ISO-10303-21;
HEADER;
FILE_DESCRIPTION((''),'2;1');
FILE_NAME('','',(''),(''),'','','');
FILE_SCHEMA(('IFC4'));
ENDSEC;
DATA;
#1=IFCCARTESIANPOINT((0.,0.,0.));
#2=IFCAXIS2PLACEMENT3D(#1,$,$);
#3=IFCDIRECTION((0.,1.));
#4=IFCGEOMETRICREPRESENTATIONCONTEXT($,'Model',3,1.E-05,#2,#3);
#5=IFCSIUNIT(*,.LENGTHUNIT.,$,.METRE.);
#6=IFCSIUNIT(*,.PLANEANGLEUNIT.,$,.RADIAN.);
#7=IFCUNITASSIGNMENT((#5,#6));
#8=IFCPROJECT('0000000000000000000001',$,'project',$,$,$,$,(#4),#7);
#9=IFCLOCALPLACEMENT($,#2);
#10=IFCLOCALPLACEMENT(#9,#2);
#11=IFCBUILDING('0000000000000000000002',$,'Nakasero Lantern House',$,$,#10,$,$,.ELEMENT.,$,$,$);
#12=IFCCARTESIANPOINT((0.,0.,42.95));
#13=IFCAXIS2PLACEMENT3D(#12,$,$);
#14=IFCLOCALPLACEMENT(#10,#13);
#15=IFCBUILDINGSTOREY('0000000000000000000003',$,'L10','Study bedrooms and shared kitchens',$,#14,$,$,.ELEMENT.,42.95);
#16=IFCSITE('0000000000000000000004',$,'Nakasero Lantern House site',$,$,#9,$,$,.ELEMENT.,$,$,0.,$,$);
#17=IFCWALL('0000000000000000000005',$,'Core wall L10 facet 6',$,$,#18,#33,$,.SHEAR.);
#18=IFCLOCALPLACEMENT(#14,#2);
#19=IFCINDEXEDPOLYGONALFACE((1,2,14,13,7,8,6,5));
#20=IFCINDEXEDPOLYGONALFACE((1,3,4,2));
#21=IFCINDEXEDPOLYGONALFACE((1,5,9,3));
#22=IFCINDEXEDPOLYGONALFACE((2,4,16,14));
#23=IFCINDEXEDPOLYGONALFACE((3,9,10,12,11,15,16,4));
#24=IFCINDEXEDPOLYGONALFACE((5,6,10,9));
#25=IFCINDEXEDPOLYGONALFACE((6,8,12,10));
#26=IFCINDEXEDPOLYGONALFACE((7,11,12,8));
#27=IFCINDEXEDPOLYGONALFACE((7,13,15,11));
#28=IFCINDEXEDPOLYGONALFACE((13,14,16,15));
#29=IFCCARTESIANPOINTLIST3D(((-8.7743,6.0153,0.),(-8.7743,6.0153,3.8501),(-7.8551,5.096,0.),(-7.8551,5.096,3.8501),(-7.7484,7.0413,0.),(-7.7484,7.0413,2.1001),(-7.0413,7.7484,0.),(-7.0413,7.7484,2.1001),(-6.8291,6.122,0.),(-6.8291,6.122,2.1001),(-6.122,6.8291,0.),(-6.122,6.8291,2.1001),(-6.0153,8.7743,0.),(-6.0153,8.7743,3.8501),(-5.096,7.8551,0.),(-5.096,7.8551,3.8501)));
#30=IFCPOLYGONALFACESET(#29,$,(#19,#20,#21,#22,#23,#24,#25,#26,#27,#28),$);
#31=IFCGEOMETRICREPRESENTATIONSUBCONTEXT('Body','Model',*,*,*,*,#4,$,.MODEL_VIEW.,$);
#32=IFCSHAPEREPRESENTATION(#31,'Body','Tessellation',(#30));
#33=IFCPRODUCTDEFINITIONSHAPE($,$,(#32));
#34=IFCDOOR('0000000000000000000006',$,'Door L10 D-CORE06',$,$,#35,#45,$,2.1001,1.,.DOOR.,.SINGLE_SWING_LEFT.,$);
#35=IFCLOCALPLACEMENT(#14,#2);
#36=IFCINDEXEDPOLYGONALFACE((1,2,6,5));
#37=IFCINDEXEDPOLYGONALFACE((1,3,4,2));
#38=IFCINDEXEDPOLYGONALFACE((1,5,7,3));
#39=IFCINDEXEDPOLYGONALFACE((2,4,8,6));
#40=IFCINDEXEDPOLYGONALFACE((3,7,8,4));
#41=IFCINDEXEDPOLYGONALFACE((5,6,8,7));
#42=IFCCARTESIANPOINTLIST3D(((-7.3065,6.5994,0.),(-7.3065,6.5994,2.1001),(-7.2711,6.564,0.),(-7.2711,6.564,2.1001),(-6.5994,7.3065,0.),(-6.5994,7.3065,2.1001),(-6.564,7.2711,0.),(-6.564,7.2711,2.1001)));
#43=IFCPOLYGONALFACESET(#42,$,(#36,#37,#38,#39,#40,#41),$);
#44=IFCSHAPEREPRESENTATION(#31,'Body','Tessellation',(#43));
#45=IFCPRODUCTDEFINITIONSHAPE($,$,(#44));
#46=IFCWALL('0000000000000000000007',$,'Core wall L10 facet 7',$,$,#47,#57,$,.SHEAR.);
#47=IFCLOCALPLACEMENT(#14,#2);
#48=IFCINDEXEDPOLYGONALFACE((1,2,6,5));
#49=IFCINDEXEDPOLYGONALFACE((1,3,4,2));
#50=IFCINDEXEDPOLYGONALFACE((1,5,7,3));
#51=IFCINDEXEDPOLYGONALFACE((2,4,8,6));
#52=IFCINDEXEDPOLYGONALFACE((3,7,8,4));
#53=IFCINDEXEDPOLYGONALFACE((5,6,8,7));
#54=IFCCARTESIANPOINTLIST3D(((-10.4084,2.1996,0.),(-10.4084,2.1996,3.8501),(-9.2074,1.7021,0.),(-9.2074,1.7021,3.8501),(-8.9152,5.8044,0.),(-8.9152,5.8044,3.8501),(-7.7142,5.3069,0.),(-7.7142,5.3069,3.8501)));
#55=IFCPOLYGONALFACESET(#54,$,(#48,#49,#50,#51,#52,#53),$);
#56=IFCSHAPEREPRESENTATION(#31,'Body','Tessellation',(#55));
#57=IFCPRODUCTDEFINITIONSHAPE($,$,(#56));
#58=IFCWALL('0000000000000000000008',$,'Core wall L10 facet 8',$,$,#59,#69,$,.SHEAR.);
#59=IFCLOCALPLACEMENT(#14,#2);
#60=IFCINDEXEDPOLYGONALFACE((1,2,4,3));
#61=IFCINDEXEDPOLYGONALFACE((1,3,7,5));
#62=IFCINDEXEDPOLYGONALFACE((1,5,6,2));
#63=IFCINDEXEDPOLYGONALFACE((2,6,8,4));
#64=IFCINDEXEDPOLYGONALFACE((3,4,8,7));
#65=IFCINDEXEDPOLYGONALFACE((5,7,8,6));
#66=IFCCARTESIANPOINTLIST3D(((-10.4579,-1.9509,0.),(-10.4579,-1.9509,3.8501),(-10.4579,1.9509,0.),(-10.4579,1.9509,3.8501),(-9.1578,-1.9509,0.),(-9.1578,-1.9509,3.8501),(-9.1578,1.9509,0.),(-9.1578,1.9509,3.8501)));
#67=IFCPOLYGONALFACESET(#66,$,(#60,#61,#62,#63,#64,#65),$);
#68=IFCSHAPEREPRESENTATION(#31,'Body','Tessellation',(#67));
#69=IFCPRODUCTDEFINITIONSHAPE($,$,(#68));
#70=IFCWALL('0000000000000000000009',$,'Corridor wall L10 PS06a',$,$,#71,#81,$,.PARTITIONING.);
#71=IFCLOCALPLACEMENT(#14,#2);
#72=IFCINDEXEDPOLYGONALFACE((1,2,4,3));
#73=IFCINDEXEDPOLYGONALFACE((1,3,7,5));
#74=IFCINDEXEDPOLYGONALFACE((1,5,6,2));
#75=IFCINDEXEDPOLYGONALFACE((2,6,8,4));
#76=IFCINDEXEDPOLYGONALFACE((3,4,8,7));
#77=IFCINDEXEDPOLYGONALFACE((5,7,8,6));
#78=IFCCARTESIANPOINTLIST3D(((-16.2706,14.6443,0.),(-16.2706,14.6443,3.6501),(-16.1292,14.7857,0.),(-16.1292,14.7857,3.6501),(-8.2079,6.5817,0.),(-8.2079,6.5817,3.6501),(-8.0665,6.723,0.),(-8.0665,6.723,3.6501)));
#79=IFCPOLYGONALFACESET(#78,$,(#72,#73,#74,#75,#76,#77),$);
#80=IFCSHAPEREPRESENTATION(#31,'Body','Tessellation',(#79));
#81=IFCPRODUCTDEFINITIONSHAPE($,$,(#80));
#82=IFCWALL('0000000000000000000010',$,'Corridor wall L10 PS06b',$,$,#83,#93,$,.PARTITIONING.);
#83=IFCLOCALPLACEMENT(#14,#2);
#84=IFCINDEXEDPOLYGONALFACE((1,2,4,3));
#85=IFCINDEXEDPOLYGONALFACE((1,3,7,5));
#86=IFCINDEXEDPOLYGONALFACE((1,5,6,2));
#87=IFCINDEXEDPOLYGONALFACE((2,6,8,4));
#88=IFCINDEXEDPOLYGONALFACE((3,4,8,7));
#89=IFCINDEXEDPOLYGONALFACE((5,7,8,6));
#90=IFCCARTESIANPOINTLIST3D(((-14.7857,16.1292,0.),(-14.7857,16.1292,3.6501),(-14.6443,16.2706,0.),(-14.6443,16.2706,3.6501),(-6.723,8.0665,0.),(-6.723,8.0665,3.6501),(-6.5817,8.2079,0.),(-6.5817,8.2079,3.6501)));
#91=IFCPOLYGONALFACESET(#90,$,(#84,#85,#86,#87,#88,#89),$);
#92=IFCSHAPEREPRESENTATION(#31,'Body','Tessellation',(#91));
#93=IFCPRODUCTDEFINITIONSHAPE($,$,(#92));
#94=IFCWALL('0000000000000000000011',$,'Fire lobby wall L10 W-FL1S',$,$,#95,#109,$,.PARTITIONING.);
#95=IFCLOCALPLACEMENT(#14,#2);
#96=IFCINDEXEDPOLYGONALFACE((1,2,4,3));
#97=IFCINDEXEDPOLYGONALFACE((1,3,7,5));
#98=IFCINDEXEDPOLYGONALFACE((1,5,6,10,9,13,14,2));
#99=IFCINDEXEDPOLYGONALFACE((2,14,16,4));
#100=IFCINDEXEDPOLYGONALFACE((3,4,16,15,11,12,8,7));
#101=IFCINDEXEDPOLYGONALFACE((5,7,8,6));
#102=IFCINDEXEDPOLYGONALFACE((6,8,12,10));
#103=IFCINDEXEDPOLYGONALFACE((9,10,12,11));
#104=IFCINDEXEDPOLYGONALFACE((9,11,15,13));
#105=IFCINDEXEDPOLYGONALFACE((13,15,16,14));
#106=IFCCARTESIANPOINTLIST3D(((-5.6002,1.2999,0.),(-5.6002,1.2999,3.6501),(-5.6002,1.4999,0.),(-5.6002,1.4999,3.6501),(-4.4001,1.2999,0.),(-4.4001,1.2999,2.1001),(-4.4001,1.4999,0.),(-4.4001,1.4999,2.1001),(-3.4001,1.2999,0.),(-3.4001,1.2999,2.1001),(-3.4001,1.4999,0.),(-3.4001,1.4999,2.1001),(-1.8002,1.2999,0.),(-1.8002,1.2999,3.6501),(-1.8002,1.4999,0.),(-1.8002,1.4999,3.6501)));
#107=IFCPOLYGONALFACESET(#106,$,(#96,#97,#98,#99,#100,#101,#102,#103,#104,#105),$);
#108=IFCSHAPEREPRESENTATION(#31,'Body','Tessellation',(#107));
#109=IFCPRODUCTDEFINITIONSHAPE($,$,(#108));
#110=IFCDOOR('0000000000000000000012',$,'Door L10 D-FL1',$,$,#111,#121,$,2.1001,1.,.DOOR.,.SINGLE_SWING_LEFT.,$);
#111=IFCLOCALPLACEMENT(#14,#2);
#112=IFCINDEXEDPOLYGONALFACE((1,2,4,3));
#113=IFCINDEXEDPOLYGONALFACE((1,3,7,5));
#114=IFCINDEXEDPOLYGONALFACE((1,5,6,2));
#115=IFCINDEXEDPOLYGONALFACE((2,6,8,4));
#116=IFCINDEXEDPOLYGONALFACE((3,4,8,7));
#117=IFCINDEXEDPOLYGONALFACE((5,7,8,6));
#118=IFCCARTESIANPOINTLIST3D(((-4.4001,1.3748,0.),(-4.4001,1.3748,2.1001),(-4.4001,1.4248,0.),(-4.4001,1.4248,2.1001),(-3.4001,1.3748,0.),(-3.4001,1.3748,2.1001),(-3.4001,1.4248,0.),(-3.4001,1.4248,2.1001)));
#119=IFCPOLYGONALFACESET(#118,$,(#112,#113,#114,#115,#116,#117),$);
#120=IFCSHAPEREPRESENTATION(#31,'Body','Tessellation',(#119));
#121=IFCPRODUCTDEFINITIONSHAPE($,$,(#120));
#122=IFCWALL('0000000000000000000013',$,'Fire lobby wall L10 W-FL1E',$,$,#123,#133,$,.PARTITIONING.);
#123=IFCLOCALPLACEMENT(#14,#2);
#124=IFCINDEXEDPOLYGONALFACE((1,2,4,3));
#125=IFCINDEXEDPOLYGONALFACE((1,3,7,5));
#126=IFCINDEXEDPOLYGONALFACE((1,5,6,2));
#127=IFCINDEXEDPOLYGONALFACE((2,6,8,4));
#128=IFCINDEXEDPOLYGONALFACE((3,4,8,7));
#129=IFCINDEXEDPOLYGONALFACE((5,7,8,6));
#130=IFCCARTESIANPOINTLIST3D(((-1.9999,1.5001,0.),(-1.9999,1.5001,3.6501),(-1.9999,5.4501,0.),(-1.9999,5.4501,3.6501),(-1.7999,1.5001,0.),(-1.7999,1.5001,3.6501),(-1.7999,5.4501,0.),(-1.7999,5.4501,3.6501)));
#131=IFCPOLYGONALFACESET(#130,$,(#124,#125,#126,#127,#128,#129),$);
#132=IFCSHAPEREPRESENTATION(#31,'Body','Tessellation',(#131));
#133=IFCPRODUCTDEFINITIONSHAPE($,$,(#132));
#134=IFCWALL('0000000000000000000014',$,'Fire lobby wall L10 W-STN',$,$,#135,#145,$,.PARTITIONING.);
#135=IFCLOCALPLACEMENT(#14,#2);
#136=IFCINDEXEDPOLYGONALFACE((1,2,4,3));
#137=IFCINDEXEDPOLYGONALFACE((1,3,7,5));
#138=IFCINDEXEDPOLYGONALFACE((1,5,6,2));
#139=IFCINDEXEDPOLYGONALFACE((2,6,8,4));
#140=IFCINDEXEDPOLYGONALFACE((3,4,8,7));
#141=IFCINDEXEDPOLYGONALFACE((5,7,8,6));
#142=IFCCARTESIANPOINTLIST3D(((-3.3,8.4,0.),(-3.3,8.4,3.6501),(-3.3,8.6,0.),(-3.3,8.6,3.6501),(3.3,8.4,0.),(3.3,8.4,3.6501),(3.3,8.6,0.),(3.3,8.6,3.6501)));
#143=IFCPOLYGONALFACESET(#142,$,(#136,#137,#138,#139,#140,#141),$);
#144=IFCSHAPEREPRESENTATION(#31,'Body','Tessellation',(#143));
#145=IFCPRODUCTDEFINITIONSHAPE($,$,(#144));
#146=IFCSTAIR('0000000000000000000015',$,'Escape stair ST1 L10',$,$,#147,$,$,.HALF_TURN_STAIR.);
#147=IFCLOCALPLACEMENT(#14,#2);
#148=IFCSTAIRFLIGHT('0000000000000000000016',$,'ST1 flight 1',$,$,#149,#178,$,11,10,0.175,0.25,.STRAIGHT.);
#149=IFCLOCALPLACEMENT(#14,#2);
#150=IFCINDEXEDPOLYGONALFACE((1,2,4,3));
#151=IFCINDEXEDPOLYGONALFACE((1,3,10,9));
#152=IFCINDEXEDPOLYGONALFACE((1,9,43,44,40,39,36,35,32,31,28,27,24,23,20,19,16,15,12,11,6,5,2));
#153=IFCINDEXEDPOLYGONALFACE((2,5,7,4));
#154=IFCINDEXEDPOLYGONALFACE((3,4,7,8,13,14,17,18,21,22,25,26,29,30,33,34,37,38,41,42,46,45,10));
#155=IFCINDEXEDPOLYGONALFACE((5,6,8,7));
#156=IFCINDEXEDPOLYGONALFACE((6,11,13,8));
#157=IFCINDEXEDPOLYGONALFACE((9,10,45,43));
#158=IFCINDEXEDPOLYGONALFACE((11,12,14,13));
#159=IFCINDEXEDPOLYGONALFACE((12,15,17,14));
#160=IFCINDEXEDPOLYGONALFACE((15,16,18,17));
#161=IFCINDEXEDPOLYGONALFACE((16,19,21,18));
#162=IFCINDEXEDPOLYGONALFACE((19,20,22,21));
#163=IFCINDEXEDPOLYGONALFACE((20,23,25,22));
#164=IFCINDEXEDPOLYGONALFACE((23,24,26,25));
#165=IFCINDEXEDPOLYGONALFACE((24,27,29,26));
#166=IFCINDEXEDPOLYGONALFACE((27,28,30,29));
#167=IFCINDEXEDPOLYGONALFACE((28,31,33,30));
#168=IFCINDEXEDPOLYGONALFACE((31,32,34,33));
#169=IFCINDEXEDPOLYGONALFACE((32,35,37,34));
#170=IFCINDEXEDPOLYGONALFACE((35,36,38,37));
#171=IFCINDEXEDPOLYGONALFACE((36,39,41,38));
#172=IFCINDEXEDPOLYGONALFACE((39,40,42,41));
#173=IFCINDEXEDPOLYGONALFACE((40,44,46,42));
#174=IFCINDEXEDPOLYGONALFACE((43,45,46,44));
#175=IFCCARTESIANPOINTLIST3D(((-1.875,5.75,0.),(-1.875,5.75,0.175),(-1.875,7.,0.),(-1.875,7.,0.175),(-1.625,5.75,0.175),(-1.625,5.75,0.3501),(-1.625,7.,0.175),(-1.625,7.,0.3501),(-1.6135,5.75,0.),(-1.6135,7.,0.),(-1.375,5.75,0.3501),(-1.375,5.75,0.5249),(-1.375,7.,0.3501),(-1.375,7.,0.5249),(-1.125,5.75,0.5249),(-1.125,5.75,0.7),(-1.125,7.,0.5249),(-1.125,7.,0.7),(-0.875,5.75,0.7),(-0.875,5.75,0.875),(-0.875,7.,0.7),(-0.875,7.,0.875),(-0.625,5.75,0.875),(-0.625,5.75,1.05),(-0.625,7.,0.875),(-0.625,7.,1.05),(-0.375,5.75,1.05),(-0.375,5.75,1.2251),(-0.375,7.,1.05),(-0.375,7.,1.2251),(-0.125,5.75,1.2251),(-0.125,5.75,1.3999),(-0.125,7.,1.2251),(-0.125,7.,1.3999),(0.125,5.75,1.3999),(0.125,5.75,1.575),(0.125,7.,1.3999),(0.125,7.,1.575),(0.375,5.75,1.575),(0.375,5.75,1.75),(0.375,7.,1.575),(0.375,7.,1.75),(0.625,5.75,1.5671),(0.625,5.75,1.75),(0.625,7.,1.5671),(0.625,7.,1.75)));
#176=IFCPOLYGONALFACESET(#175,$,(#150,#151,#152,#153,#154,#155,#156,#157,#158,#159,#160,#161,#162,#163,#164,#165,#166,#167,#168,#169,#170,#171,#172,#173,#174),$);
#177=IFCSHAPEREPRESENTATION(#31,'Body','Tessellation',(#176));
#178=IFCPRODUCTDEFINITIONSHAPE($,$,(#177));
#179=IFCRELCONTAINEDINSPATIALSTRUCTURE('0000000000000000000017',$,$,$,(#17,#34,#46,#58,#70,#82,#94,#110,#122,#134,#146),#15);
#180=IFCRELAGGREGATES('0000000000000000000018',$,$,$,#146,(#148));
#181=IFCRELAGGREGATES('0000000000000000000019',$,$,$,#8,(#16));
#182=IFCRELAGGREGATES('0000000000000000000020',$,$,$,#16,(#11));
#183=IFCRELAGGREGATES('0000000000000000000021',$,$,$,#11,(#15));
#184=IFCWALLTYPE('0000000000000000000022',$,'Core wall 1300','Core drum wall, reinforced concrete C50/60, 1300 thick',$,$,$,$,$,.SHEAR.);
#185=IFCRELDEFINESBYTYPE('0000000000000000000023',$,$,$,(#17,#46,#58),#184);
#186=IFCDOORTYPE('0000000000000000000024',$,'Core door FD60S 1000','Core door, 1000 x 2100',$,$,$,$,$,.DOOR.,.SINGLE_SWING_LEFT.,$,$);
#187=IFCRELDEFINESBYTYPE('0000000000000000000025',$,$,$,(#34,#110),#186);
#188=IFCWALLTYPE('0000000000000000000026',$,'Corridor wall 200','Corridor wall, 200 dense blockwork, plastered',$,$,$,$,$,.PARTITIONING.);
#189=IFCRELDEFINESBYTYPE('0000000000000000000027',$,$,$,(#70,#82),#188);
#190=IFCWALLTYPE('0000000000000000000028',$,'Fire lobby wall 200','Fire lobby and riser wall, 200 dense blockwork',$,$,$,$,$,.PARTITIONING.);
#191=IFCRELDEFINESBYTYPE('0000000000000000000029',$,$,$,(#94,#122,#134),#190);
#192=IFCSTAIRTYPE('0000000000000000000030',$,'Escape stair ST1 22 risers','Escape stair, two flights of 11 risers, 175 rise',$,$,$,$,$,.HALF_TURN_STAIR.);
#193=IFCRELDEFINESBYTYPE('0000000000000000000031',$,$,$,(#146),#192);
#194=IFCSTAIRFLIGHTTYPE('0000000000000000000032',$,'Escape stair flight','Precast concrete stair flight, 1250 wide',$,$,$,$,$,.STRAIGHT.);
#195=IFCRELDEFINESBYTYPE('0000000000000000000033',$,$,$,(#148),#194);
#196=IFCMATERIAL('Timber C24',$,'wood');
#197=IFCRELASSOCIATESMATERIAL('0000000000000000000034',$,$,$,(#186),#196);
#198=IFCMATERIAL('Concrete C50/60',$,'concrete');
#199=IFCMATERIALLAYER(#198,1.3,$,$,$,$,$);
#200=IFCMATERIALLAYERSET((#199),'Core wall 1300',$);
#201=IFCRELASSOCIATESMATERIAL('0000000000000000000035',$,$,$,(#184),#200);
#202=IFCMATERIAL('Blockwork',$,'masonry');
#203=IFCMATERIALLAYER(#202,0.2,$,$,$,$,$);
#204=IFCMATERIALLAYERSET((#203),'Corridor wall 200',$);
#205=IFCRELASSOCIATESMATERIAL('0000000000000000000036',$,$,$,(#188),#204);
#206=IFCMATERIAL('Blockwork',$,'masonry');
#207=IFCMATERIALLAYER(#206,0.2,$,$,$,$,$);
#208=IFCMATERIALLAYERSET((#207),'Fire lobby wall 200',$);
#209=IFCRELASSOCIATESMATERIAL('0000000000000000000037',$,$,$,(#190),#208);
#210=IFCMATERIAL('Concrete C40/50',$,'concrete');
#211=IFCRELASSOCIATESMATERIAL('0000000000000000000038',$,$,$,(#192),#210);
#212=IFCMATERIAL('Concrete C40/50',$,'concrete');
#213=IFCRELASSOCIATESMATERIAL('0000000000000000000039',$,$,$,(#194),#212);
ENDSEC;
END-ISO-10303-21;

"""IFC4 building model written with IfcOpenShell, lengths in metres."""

from ifc_helpers import new_model, si_unit, direction, frame, frame_2d, origin, place, context, subcontext, project, spatial, polyline, rectangle, outline, extrude, material, layer, layer_set, type_object, element, fill, aggregate, save


model = new_model("IFC4")

# Units and contexts
model_context = context("Model", 3, precision=1e-05, world=origin(), true_north=direction((0.0, 1.0)))
body_context = subcontext(model_context, "Body", "Model", "MODEL_VIEW")
ifc_project = project(units=[si_unit("LENGTHUNIT", "METRE"), si_unit("PLANEANGLEUNIT", "RADIAN")], contexts=[model_context])

# Site, building, storey
site_placement = place(None, origin())
site = spatial("IfcSite", under=ifc_project, at=site_placement, Name="Nakasero Lantern House site", CompositionType="ELEMENT", RefElevation=0.0)
building_placement = place(site_placement, origin())
building = spatial("IfcBuilding", under=site, at=building_placement, Name="Nakasero Lantern House", CompositionType="ELEMENT")
storey_placement = place(building_placement, frame((0.0, 0.0, 42.95)))
storey = spatial("IfcBuildingStorey", under=building, at=storey_placement, Name="L10", Description="Study bedrooms and shared kitchens", CompositionType="ELEMENT", Elevation=42.95)

# Shared definitions
ifc_material_1 = material(Name="Timber C24", Category="wood")
door_type = type_object("IfcDoorType", Name="Core door FD60S 1000", Description="Core door, 1000 x 2100", OperationType="SINGLE_SWING_LEFT", PredefinedType="DOOR", material=ifc_material_1)

# Shared definitions
ifc_material_2 = material(Name="Concrete C50/60", Category="concrete")
ifc_layer_1 = layer(ifc_material_2, 1.3)
ifc_layer_set_1 = layer_set([ifc_layer_1], Name="Core wall 1300")
wall_type_1 = type_object("IfcWallType", Name="Core wall 1300", Description="Core drum wall, reinforced concrete C50/60, 1300 thick", PredefinedType="SHEAR", material=ifc_layer_set_1)

# Wall, opening, door
wall_1_placement = place(storey_placement, frame((-5.5557, 8.3147, 0.0), z_axis=(0.0, 0.0, 1.0), x_axis=(-0.707107, -0.707107, 0.0)))
wall_1 = element("IfcWall", 1, at=wall_1_placement, inside=storey, type_object=wall_type_1, Name="Core wall L10 facet 6", PredefinedType="SHEAR", context=body_context, shape_type="SweptSolid", body=[
    extrude(rectangle(XDim=3.9019, YDim=1.3, at=frame_2d((1.9509, 0.0))), origin(), (0.0, 0.0, 1.0), 3.8501),
])
opening_1_placement = place(wall_1_placement, frame((1.4509, 0.0, 0.0)))
opening_1 = element("IfcOpeningElement", 2, at=opening_1_placement, cuts=wall_1, PredefinedType="OPENING", context=body_context, shape_type="SweptSolid", body=[
    extrude(rectangle(XDim=1.0, YDim=2.1001, at=frame_2d((0.5, 1.05))), frame((0.0, 0.6699, 0.0), z_axis=(0.0, -1.0, 0.0), x_axis=(1.0, 0.0, 0.0)), (0.0, 0.0, 1.0), 1.3401),
])
door_1_placement = place(opening_1_placement, origin())
door_1 = element("IfcDoor", 3, at=door_1_placement, inside=storey, type_object=door_type, Name="Door L10 D-CORE06", OperationType="SINGLE_SWING_LEFT", OverallHeight=2.1001, OverallWidth=1.0, PredefinedType="DOOR", context=body_context, shape_type="SweptSolid", body=[
    extrude(rectangle(XDim=1.0, YDim=2.1001, at=frame_2d((0.5, 1.05))), frame((0.0, 0.0249, 0.0), z_axis=(0.0, -1.0, 0.0), x_axis=(1.0, 0.0, 0.0)), (0.0, 0.0, 1.0), 0.05),
])
fill(opening_1, door_1)

# Walls
for number, where, z_axis, x_axis, name in (
    (4, (-8.3147, 5.5557, 0.0), (0.0, 0.0, 1.0), (-0.382691, -0.923877, 0.0), "Core wall L10 facet 7"),
    (5, (-9.8079, 1.9509, 0.0), (0.0, 0.0, 1.0), (0.0, -1.0, 0.0), "Core wall L10 facet 8"),
):
    element("IfcWall", number, at=place(storey_placement, frame(where, z_axis=z_axis, x_axis=x_axis)), inside=storey, type_object=wall_type_1, Name=name, PredefinedType="SHEAR", context=body_context, shape_type="SweptSolid", body=[
        extrude(rectangle(XDim=3.9019, YDim=1.3, at=frame_2d((1.9509, 0.0))), origin(), (0.0, 0.0, 1.0), 3.8501),
    ])
ifc_material_3 = material(Name="Blockwork", Category="masonry")
ifc_layer_2 = layer(ifc_material_3, 0.2)
ifc_layer_set_2 = layer_set([ifc_layer_2], Name="Corridor wall 200")
wall_type_2 = type_object("IfcWallType", Name="Corridor wall 200", Description="Corridor wall, 200 dense blockwork, plastered", PredefinedType="PARTITIONING", material=ifc_layer_set_2)
for number, where, z_axis, x_axis, name in (
    (6, (-8.1372, 6.6523, 0.0), (0.0, 0.0, 1.0), (-0.707107, 0.707107, 0.0), "Corridor wall L10 PS06a"),
    (7, (-6.6523, 8.1372, 0.0), (0.0, 0.0, 1.0), (-0.707107, 0.707107, 0.0), "Corridor wall L10 PS06b"),
):
    element("IfcWall", number, at=place(storey_placement, frame(where, z_axis=z_axis, x_axis=x_axis)), inside=storey, type_object=wall_type_2, Name=name, PredefinedType="PARTITIONING", context=body_context, shape_type="SweptSolid", body=[
        extrude(rectangle(XDim=11.4023, YDim=0.2, at=frame_2d((5.7012, 0.0))), origin(), (0.0, 0.0, 1.0), 3.6501),
    ])

# Wall, opening, door
ifc_material_4 = material(Name="Blockwork", Category="masonry")
ifc_layer_3 = layer(ifc_material_4, 0.2)
ifc_layer_set_3 = layer_set([ifc_layer_3], Name="Fire lobby wall 200")
wall_type_3 = type_object("IfcWallType", Name="Fire lobby wall 200", Description="Fire lobby and riser wall, 200 dense blockwork", PredefinedType="PARTITIONING", material=ifc_layer_set_3)
wall_2_placement = place(storey_placement, frame((-5.6001, 1.3999, 0.0), z_axis=(0.0, 0.0, 1.0), x_axis=(1.0, 0.0, 0.0)))
wall_2 = element("IfcWall", 8, at=wall_2_placement, inside=storey, type_object=wall_type_3, Name="Fire lobby wall L10 W-FL1S", PredefinedType="PARTITIONING", context=body_context, shape_type="SweptSolid", body=[
    extrude(rectangle(XDim=3.8, YDim=0.2, at=frame_2d((1.8999, 0.0))), origin(), (0.0, 0.0, 1.0), 3.6501),
])
opening_2_placement = place(wall_2_placement, frame((1.2, 0.0, 0.0)))
opening_2 = element("IfcOpeningElement", 9, at=opening_2_placement, cuts=wall_2, PredefinedType="OPENING", context=body_context, shape_type="SweptSolid", body=[
    extrude(rectangle(XDim=1.0, YDim=2.1001, at=frame_2d((0.5, 1.05))), frame((0.0, 0.1199, 0.0), z_axis=(0.0, -1.0, 0.0), x_axis=(1.0, 0.0, 0.0)), (0.0, 0.0, 1.0), 0.24),
])
door_2_placement = place(opening_2_placement, origin())
door_2 = element("IfcDoor", 10, at=door_2_placement, inside=storey, type_object=door_type, Name="Door L10 D-FL1", OperationType="SINGLE_SWING_LEFT", OverallHeight=2.1001, OverallWidth=1.0, PredefinedType="DOOR", context=body_context, shape_type="SweptSolid", body=[
    extrude(rectangle(XDim=1.0, YDim=2.1001, at=frame_2d((0.5, 1.05))), frame((0.0, 0.0249, 0.0), z_axis=(0.0, -1.0, 0.0), x_axis=(1.0, 0.0, 0.0)), (0.0, 0.0, 1.0), 0.05),
])
fill(opening_2, door_2)

# Walls
wall_3_placement = place(storey_placement, frame((-1.8999, 1.5, 0.0), z_axis=(0.0, 0.0, 1.0), x_axis=(0.0, 1.0, 0.0)))
element("IfcWall", 11, at=wall_3_placement, inside=storey, type_object=wall_type_3, Name="Fire lobby wall L10 W-FL1E", PredefinedType="PARTITIONING", context=body_context, shape_type="SweptSolid", body=[
    extrude(rectangle(XDim=3.95, YDim=0.2, at=frame_2d((1.9751, 0.0))), origin(), (0.0, 0.0, 1.0), 3.6501),
])
wall_4_placement = place(storey_placement, frame((-3.3, 8.5, 0.0), z_axis=(0.0, 0.0, 1.0), x_axis=(1.0, 0.0, 0.0)))
element("IfcWall", 12, at=wall_4_placement, inside=storey, type_object=wall_type_3, Name="Fire lobby wall L10 W-STN", PredefinedType="PARTITIONING", context=body_context, shape_type="SweptSolid", body=[
    extrude(rectangle(XDim=6.6001, YDim=0.2, at=frame_2d((3.3, 0.0))), origin(), (0.0, 0.0, 1.0), 3.6501),
])

# Stair, stair flight
ifc_material_5 = material(Name="Concrete C40/50", Category="concrete")
stair_type = type_object("IfcStairType", Name="Escape stair ST1 22 risers", Description="Escape stair, two flights of 11 risers, 175 rise", PredefinedType="HALF_TURN_STAIR", material=ifc_material_5)
stair_placement = place(storey_placement, origin())
stair = element("IfcStair", 13, at=stair_placement, inside=storey, type_object=stair_type, Name="Escape stair ST1 L10", PredefinedType="HALF_TURN_STAIR")
ifc_material_6 = material(Name="Concrete C40/50", Category="concrete")
stair_flight_type = type_object("IfcStairFlightType", Name="Escape stair flight", Description="Precast concrete stair flight, 1250 wide", PredefinedType="STRAIGHT", material=ifc_material_6)
stair_flight_placement = place(storey_placement, frame((-1.875, 6.375, 0.0), z_axis=(0.0, 0.0, 1.0), x_axis=(1.0, 0.0, 0.0)))
stair_flight = element("IfcStairFlight", 14, at=stair_flight_placement, type_object=stair_flight_type, Name="ST1 flight 1", NumberOfRisers=11, NumberOfTreads=10, PredefinedType="STRAIGHT", RiserHeight=0.175, TreadLength=0.25, context=body_context, shape_type="SweptSolid", body=[
    extrude(outline(polyline([(0.0, 0.0), (0.0, 0.175), (0.25, 0.175), (0.25, 0.3501), (0.5, 0.3501), (0.5, 0.5249), (0.75, 0.5249), (0.75, 0.7), (1.0, 0.7), (1.0, 0.875), (1.25, 0.875), (1.25, 1.05), (1.5, 1.05), (1.5, 1.2251), (1.75, 1.2251), (1.75, 1.3999), (2.0, 1.3999), (2.0, 1.575), (2.25, 1.575), (2.25, 1.75), (2.5, 1.75), (2.5, 1.925), (2.5, 1.5671), (0.2615, 0.0), (0.0, 0.0)])), frame((0.0, 0.625, 0.0), z_axis=(0.0, -1.0, 0.0), x_axis=(1.0, 0.0, 0.0)), (0.0, 0.0, 1.0), 1.25),
])
aggregate(stair, [stair_flight])

save(model, "model.ifc")
